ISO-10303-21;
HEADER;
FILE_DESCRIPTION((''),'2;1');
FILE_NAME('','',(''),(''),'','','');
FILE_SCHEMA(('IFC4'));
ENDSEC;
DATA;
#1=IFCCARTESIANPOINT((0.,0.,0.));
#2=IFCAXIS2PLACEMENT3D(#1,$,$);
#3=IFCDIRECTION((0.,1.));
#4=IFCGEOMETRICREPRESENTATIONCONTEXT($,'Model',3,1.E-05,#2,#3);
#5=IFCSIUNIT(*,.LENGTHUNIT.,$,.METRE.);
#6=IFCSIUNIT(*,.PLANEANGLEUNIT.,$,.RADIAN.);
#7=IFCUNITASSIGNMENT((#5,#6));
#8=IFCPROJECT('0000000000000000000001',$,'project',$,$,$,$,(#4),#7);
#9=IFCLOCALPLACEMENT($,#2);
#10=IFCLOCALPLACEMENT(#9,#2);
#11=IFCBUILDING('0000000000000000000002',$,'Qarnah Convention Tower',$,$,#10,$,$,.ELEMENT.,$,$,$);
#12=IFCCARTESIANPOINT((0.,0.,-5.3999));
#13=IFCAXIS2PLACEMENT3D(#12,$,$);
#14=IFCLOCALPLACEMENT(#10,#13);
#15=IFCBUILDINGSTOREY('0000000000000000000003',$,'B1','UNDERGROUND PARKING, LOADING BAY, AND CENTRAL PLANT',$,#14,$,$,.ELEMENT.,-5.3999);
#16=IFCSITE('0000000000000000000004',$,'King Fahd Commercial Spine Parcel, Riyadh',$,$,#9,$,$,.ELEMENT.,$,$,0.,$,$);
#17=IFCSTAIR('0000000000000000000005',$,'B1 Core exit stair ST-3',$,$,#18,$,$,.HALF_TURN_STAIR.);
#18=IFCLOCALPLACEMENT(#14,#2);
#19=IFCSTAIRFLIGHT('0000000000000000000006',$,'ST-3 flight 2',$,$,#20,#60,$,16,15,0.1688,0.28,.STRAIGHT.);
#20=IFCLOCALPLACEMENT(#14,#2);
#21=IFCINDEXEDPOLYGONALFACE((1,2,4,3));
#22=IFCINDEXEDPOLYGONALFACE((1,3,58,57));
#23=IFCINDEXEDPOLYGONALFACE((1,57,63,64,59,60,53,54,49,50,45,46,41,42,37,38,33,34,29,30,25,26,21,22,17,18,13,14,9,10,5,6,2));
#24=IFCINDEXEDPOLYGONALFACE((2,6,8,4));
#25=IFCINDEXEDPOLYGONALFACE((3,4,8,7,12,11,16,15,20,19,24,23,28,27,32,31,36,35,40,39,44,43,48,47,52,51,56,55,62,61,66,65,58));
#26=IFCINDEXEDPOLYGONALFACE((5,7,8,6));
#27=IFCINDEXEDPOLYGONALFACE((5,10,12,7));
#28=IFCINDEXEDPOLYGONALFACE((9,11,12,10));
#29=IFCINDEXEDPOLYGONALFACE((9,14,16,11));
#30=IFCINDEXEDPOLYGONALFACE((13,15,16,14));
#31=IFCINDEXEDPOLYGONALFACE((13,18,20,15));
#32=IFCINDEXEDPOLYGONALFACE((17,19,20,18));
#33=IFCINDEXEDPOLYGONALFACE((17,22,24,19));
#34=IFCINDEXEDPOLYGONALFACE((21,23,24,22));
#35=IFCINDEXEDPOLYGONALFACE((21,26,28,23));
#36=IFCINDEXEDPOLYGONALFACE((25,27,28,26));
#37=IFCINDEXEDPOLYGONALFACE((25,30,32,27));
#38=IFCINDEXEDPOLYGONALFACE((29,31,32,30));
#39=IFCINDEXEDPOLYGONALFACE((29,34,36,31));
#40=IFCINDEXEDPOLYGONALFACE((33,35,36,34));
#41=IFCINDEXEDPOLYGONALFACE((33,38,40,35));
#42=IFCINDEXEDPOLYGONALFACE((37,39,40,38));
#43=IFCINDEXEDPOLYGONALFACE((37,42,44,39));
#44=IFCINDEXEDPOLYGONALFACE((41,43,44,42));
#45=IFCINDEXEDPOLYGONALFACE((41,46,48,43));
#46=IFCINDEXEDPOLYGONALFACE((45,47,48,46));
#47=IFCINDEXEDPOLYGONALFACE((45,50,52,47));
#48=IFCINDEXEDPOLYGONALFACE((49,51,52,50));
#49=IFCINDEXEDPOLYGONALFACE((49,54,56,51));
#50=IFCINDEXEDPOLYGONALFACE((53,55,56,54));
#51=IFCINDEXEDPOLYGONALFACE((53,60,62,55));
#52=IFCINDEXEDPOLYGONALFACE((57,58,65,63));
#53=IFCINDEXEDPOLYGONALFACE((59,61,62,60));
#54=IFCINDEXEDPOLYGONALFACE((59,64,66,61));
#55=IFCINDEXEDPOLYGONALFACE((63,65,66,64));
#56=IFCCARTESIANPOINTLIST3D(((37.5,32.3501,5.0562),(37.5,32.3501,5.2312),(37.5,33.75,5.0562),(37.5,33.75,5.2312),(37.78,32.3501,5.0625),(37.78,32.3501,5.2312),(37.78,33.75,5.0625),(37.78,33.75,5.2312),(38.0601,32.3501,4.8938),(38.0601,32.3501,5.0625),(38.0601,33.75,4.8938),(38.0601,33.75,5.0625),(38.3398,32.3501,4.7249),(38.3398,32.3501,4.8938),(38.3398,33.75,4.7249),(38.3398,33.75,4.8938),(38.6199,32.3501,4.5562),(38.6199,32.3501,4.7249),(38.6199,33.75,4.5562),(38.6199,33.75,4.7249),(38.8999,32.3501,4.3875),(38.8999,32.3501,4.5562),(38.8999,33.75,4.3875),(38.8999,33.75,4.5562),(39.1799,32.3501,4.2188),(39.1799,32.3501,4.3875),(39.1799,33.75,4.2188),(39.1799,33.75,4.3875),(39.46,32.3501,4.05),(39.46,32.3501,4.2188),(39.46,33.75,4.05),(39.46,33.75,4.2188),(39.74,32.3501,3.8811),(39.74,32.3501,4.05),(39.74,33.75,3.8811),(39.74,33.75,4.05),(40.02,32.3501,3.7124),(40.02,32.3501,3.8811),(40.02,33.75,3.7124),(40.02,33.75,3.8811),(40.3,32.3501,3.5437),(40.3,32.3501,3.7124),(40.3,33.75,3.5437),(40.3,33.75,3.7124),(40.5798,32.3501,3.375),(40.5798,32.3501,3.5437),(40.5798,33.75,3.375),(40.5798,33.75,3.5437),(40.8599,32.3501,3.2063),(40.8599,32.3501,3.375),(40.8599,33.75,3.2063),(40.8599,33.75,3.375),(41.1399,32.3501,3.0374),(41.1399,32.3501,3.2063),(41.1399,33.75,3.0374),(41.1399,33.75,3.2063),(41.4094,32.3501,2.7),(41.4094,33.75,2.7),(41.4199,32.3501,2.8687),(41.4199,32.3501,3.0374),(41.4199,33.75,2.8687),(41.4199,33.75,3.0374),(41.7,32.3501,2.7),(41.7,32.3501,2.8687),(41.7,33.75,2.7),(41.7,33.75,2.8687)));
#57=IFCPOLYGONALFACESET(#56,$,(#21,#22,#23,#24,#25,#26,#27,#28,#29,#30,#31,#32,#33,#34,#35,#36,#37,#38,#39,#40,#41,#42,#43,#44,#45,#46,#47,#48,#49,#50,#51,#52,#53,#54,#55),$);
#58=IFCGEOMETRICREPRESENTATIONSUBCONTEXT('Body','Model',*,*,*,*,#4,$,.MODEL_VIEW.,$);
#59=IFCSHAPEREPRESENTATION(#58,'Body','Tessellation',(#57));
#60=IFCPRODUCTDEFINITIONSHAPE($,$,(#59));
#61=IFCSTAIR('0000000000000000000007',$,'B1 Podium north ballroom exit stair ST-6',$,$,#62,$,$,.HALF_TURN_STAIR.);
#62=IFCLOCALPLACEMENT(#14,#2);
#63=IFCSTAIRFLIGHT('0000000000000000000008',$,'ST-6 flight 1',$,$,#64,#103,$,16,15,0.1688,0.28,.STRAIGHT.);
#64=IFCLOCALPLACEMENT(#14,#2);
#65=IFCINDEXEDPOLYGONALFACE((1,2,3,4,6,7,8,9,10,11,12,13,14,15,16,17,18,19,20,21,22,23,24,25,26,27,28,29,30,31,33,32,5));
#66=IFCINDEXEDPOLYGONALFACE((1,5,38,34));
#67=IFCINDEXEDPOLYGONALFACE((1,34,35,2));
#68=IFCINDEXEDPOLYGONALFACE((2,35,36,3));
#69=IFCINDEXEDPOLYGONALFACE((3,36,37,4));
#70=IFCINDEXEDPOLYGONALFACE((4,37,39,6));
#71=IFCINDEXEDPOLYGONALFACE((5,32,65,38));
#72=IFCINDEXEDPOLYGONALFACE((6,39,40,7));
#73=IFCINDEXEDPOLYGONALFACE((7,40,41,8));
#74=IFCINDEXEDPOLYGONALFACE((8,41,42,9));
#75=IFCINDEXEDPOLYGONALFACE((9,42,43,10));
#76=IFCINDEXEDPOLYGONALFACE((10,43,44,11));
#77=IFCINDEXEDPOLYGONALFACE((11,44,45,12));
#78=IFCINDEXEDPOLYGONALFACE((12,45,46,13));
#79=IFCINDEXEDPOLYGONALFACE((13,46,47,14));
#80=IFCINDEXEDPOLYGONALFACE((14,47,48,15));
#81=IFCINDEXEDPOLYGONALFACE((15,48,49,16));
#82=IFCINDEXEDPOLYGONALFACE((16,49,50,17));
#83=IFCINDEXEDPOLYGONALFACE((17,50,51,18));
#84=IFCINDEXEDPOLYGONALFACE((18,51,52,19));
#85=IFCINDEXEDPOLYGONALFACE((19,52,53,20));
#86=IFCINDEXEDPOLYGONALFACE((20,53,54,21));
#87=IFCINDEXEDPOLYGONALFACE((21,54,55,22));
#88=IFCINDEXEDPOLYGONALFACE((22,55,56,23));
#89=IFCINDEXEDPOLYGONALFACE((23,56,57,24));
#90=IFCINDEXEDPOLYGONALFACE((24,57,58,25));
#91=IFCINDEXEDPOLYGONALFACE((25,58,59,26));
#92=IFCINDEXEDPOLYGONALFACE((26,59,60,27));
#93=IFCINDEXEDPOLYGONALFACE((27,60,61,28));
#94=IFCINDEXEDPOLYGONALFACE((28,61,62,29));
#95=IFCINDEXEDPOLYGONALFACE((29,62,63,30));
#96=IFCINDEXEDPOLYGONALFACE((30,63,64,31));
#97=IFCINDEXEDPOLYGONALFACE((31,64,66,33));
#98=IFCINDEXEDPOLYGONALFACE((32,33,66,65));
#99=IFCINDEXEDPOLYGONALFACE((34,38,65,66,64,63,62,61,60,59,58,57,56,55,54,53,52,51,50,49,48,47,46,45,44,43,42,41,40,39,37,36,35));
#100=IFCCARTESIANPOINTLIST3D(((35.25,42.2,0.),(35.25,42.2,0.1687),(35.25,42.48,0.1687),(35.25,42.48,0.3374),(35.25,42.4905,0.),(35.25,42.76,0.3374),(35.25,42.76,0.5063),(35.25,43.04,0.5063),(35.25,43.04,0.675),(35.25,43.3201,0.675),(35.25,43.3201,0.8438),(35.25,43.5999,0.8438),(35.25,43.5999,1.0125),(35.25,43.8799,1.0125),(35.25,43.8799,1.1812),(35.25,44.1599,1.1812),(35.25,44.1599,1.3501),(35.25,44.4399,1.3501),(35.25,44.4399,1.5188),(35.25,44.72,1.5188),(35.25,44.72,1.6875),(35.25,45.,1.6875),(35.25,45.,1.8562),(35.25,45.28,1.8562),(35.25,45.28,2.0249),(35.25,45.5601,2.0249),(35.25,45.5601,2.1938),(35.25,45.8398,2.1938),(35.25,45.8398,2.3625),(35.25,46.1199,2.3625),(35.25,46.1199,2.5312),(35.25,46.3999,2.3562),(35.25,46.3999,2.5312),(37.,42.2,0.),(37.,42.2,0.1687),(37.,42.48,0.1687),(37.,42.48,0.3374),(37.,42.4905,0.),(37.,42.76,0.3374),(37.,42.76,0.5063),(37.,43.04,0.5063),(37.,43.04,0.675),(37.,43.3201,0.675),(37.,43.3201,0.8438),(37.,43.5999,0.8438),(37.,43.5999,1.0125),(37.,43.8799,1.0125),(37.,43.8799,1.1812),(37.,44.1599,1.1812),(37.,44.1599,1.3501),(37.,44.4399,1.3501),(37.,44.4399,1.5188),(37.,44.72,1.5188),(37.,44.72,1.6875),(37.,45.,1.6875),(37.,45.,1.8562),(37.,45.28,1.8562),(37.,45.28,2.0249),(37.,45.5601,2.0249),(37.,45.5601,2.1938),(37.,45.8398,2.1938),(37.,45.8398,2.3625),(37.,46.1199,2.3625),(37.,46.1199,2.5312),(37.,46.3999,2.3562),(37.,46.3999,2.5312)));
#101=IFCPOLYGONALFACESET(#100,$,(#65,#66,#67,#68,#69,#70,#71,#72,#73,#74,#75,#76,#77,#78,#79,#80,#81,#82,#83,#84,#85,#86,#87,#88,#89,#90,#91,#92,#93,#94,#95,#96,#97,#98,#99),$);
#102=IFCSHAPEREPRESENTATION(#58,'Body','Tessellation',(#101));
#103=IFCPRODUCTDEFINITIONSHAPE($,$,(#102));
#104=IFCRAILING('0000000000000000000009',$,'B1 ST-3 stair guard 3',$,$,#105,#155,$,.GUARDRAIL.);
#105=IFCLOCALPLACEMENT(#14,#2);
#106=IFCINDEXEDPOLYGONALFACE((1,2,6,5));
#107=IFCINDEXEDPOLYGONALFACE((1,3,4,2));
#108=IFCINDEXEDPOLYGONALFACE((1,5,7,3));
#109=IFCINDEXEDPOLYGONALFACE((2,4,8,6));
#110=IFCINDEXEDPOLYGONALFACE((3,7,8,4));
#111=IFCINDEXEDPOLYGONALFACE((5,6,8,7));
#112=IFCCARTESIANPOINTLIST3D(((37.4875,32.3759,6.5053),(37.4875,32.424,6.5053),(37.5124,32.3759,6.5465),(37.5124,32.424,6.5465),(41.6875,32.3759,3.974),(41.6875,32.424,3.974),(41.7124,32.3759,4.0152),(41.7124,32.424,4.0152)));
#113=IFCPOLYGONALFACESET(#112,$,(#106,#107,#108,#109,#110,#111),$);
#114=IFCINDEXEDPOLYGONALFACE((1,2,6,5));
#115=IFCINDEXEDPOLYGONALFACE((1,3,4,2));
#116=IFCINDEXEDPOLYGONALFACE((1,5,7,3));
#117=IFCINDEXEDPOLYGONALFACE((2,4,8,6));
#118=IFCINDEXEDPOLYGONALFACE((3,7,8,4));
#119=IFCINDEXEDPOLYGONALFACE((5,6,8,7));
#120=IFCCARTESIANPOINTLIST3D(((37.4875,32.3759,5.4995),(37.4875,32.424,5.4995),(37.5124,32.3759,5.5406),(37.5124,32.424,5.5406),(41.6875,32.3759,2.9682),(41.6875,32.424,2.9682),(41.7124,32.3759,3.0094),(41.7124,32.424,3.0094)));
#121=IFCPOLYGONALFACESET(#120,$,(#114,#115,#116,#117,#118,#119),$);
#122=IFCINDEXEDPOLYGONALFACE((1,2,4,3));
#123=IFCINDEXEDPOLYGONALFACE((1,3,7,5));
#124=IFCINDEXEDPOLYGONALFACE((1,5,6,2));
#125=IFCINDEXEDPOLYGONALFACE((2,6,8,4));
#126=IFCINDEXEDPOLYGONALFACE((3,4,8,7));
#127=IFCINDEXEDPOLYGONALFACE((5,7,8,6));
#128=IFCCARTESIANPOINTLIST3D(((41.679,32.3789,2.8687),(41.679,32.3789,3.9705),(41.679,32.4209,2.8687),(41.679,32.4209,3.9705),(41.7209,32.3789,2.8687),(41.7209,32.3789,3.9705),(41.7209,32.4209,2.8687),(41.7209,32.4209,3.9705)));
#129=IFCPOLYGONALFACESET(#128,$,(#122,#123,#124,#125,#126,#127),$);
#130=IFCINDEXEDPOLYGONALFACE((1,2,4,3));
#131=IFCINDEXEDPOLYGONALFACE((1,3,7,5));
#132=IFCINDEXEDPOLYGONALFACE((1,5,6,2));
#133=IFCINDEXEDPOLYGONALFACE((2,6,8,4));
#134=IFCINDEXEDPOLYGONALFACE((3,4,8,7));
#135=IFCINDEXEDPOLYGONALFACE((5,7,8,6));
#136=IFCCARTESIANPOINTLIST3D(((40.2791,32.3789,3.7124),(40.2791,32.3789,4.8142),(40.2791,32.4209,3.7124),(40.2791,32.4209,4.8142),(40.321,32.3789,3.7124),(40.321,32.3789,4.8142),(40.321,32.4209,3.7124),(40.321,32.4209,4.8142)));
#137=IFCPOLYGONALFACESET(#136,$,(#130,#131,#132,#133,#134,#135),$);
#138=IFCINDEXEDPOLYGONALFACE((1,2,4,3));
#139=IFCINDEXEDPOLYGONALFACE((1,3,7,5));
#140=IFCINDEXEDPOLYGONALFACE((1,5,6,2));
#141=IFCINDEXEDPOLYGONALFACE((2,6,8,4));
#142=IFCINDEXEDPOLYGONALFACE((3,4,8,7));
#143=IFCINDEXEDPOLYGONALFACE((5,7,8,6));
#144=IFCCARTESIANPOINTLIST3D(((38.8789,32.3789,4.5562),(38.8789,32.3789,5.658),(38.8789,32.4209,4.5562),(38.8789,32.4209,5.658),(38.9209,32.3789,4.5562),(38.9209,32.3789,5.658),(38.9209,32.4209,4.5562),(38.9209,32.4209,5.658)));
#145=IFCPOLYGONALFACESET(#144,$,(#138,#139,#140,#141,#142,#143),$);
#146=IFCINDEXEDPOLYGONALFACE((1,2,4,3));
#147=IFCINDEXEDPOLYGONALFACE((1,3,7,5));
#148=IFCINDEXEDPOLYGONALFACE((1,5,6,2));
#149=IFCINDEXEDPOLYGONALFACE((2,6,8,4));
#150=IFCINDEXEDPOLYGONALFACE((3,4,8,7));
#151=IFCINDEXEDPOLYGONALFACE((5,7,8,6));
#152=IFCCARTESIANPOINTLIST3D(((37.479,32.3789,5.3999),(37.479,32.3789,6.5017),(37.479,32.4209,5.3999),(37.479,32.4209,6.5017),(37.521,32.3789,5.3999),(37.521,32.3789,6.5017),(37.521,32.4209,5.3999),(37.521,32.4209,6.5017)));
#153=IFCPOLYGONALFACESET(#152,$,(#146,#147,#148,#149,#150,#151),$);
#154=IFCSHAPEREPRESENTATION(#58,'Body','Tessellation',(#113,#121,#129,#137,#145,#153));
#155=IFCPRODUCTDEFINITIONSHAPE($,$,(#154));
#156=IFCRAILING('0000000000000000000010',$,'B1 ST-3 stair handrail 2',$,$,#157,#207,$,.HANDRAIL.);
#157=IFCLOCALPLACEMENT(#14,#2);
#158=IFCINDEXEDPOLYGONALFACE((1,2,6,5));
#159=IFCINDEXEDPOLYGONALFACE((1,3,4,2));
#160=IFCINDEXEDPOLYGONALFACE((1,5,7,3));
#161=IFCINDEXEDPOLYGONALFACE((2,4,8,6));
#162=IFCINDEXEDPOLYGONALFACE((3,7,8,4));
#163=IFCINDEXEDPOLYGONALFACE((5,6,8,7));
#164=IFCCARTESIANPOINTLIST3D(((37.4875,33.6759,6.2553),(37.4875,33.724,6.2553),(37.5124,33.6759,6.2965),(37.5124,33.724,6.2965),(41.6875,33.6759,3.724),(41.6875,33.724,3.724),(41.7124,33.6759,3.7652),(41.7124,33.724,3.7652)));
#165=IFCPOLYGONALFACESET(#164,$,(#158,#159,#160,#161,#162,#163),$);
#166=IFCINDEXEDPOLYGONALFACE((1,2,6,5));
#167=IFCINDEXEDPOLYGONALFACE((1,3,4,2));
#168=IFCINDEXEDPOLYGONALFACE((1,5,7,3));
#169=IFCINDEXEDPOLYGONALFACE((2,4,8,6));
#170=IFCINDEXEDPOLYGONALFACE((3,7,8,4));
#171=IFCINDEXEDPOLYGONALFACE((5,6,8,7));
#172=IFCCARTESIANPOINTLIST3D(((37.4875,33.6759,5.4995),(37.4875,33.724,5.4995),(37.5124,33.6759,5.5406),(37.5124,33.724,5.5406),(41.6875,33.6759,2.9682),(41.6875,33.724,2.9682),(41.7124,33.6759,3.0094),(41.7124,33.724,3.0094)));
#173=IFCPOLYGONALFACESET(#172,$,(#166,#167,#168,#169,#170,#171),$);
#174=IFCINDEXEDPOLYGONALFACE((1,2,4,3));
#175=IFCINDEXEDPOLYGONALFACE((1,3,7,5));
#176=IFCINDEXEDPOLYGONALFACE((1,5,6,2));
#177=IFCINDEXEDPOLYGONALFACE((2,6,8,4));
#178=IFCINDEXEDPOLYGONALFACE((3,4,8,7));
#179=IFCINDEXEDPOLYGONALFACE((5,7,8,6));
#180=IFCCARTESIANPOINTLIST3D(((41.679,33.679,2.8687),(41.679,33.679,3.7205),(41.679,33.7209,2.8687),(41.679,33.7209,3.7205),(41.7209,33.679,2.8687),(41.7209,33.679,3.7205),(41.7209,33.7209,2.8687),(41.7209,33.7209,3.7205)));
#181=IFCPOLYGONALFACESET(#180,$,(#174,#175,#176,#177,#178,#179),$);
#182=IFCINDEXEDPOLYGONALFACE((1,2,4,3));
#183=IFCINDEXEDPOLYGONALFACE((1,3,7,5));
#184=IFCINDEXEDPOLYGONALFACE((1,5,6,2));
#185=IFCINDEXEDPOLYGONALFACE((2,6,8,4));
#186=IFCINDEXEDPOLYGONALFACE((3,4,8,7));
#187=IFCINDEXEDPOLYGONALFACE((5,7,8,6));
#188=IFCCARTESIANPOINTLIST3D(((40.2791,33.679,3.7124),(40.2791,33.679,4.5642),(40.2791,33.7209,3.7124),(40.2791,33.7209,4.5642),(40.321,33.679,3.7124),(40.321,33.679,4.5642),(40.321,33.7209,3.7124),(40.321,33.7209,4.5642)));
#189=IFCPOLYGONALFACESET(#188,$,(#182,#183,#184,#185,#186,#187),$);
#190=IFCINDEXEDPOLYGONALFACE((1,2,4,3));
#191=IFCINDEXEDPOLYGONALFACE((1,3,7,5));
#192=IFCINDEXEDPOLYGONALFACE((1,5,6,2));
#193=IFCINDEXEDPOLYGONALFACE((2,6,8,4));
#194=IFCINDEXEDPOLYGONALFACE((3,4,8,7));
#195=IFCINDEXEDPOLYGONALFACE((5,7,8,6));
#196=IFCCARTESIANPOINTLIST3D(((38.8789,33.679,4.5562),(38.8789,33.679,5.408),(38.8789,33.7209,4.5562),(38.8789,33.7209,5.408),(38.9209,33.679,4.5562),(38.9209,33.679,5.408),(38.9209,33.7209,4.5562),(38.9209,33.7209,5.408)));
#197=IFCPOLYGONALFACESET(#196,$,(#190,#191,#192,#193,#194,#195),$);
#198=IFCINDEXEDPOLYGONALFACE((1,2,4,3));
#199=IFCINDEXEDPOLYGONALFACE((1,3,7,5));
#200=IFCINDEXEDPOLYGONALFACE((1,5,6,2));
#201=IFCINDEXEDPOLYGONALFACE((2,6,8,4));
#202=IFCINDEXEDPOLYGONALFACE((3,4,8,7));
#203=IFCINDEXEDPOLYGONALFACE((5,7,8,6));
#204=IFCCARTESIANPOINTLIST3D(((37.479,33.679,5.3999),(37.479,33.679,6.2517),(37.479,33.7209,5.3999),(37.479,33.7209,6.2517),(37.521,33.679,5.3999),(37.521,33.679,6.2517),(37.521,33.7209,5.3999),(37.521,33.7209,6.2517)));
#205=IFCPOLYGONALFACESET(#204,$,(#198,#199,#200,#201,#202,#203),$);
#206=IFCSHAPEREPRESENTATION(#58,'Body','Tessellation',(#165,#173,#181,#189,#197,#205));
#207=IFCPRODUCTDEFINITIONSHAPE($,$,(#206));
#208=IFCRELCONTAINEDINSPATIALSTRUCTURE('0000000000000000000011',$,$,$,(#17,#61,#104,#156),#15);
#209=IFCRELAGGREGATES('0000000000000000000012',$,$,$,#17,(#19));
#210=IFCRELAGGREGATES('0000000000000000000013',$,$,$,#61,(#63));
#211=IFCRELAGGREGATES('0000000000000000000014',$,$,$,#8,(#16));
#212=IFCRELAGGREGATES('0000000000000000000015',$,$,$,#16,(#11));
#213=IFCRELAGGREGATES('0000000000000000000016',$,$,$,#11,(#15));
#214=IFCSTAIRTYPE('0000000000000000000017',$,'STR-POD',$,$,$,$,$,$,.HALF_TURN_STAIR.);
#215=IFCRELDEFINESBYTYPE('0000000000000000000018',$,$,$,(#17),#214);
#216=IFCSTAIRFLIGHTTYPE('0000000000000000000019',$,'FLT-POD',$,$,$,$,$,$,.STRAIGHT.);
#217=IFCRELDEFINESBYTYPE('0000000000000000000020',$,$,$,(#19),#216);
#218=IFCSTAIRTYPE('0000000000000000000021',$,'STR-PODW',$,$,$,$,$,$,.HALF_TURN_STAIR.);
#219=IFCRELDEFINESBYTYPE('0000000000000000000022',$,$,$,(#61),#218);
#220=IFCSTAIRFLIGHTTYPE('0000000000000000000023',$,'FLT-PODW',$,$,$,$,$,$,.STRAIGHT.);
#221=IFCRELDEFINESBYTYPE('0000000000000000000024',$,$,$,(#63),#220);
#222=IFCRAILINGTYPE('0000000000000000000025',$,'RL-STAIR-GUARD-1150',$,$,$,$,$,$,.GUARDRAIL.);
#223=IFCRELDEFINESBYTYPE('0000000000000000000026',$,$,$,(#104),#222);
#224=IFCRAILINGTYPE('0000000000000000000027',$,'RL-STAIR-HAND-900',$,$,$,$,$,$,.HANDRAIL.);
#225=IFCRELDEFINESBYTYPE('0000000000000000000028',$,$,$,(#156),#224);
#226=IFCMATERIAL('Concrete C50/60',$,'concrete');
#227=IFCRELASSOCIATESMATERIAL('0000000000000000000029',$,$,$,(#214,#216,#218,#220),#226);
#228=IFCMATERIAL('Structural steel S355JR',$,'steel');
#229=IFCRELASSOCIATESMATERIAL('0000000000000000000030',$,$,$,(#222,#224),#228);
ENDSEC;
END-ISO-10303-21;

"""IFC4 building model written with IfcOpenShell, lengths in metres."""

from ifc_helpers import new_model, si_unit, direction, frame, origin, origin_2d, place, context, subcontext, project, spatial, polyline, rectangle, outline, extrude, material, type_object, element, aggregate, save


model = new_model("IFC4")

# Units and contexts
model_context = context("Model", 3, precision=1e-05, world=origin(), true_north=direction((0.0, 1.0)))
body_context = subcontext(model_context, "Body", "Model", "MODEL_VIEW")
ifc_project = project(units=[si_unit("LENGTHUNIT", "METRE"), si_unit("PLANEANGLEUNIT", "RADIAN")], contexts=[model_context])

# Site, building, storey
site_placement = place(None, origin())
site = spatial("IfcSite", under=ifc_project, at=site_placement, Name="King Fahd Commercial Spine Parcel, Riyadh", CompositionType="ELEMENT", RefElevation=0.0)
building_placement = place(site_placement, origin())
building = spatial("IfcBuilding", under=site, at=building_placement, Name="Qarnah Convention Tower", CompositionType="ELEMENT")
storey_placement = place(building_placement, frame((0.0, 0.0, -5.3999)))
storey = spatial("IfcBuildingStorey", under=building, at=storey_placement, Name="B1", Description="UNDERGROUND PARKING, LOADING BAY, AND CENTRAL PLANT", CompositionType="ELEMENT", Elevation=-5.3999)

# Shared definitions
ifc_material_1 = material(Name="Concrete C50/60", Category="concrete")

# Shared definitions
ifc_material_2 = material(Name="Structural steel S355JR", Category="steel")

# Stairs, stair flights
stair_type_1 = type_object("IfcStairType", Name="STR-POD", PredefinedType="HALF_TURN_STAIR", material=ifc_material_1)
stair_1_placement = place(storey_placement, origin())
stair_1 = element("IfcStair", 1, at=stair_1_placement, inside=storey, type_object=stair_type_1, Name="B1 Core exit stair ST-3", PredefinedType="HALF_TURN_STAIR")
stair_flight_type_1 = type_object("IfcStairFlightType", Name="FLT-POD", PredefinedType="STRAIGHT", material=ifc_material_1)
stair_flight_1_placement = place(storey_placement, frame((41.7, 33.05, 2.7), z_axis=(0.0, 0.0, 1.0), x_axis=(-1.0, 0.0, 0.0)))
stair_flight_1 = element("IfcStairFlight", 2, at=stair_flight_1_placement, type_object=stair_flight_type_1, Name="ST-3 flight 2", NumberOfRisers=16, NumberOfTreads=15, PredefinedType="STRAIGHT", RiserHeight=0.1688, TreadLength=0.28, context=body_context, shape_type="SweptSolid", body=[
    extrude(outline(polyline([(0.0, 0.0), (0.0, 0.1687), (0.28, 0.1687), (0.28, 0.3374), (0.5601, 0.3374), (0.5601, 0.5063), (0.8401, 0.5063), (0.8401, 0.675), (1.1201, 0.675), (1.1201, 0.8438), (1.3999, 0.8438), (1.3999, 1.0125), (1.6799, 1.0125), (1.6799, 1.1812), (1.96, 1.1812), (1.96, 1.3501), (2.24, 1.3501), (2.24, 1.5188), (2.52, 1.5188), (2.52, 1.6875), (2.8, 1.6875), (2.8, 1.8562), (3.0801, 1.8562), (3.0801, 2.0249), (3.3601, 2.0249), (3.3601, 2.1938), (3.6399, 2.1938), (3.6399, 2.3625), (3.9199, 2.3625), (3.9199, 2.5312), (4.2, 2.5312), (4.2, 2.7), (4.2, 2.3562), (0.2905, 0.0), (0.0, 0.0)])), frame((0.0, 0.7, 0.0), z_axis=(0.0, -1.0, 0.0), x_axis=(1.0, 0.0, 0.0)), (0.0, 0.0, 1.0), 1.3999),
])
aggregate(stair_1, [stair_flight_1])
stair_type_2 = type_object("IfcStairType", Name="STR-PODW", PredefinedType="HALF_TURN_STAIR", material=ifc_material_1)
stair_2_placement = place(storey_placement, origin())
stair_2 = element("IfcStair", 3, at=stair_2_placement, inside=storey, type_object=stair_type_2, Name="B1 Podium north ballroom exit stair ST-6", PredefinedType="HALF_TURN_STAIR")
stair_flight_type_2 = type_object("IfcStairFlightType", Name="FLT-PODW", PredefinedType="STRAIGHT", material=ifc_material_1)
stair_flight_2_placement = place(storey_placement, frame((36.125, 42.2, 0.0), z_axis=(0.0, 0.0, 1.0), x_axis=(0.0, 1.0, 0.0)))
stair_flight_2 = element("IfcStairFlight", 4, at=stair_flight_2_placement, type_object=stair_flight_type_2, Name="ST-6 flight 1", NumberOfRisers=16, NumberOfTreads=15, PredefinedType="STRAIGHT", RiserHeight=0.1688, TreadLength=0.28, context=body_context, shape_type="SweptSolid", body=[
    extrude(outline(polyline([(0.0, 0.0), (0.0, 0.1687), (0.28, 0.1687), (0.28, 0.3374), (0.5601, 0.3374), (0.5601, 0.5063), (0.8401, 0.5063), (0.8401, 0.675), (1.1201, 0.675), (1.1201, 0.8438), (1.3999, 0.8438), (1.3999, 1.0125), (1.6799, 1.0125), (1.6799, 1.1812), (1.96, 1.1812), (1.96, 1.3501), (2.24, 1.3501), (2.24, 1.5188), (2.52, 1.5188), (2.52, 1.6875), (2.8, 1.6875), (2.8, 1.8562), (3.0801, 1.8562), (3.0801, 2.0249), (3.3601, 2.0249), (3.3601, 2.1938), (3.6399, 2.1938), (3.6399, 2.3625), (3.9199, 2.3625), (3.9199, 2.5312), (4.2, 2.5312), (4.2, 2.7), (4.2, 2.3562), (0.2905, 0.0), (0.0, 0.0)])), frame((0.0, 0.875, 0.0), z_axis=(0.0, -1.0, 0.0), x_axis=(1.0, 0.0, 0.0)), (0.0, 0.0, 1.0), 1.75),
])
aggregate(stair_2, [stair_flight_2])

# Railings
railing_type_1 = type_object("IfcRailingType", Name="RL-STAIR-GUARD-1150", PredefinedType="GUARDRAIL", material=ifc_material_2)
railing_1_placement = place(storey_placement, frame((41.7, 32.3999, 2.8687)))
element("IfcRailing", 5, at=railing_1_placement, inside=storey, type_object=railing_type_1, Name="B1 ST-3 stair guard 3", PredefinedType="GUARDRAIL", context=body_context, shape_type="SweptSolid", body=[
    extrude(rectangle(XDim=0.0481, YDim=0.0481, at=origin_2d()), frame((0.0, 0.0, 1.126), z_axis=(-0.856476, 0.0, 0.516186), x_axis=(0.0, -1.0, 0.0)), (0.0, 0.0, 1.0), 4.9038),
    extrude(rectangle(XDim=0.0481, YDim=0.0481, at=origin_2d()), frame((0.0, 0.0, 0.1201), z_axis=(-0.856476, 0.0, 0.516186), x_axis=(0.0, -1.0, 0.0)), (0.0, 0.0, 1.0), 4.9038),
    extrude(rectangle(XDim=0.042, YDim=0.042, at=origin_2d()), origin(), (0.0, 0.0, 1.0), 1.1018),
    extrude(rectangle(XDim=0.042, YDim=0.042, at=origin_2d()), frame((-1.3999, 0.0, 0.8438)), (0.0, 0.0, 1.0), 1.1018),
    extrude(rectangle(XDim=0.042, YDim=0.042, at=origin_2d()), frame((-2.8, 0.0, 1.6875)), (0.0, 0.0, 1.0), 1.1018),
    extrude(rectangle(XDim=0.042, YDim=0.042, at=origin_2d()), frame((-4.2, 0.0, 2.5312)), (0.0, 0.0, 1.0), 1.1018),
])
railing_type_2 = type_object("IfcRailingType", Name="RL-STAIR-HAND-900", PredefinedType="HANDRAIL", material=ifc_material_2)
railing_2_placement = place(storey_placement, frame((41.7, 33.7, 2.8687)))
element("IfcRailing", 6, at=railing_2_placement, inside=storey, type_object=railing_type_2, Name="B1 ST-3 stair handrail 2", PredefinedType="HANDRAIL", context=body_context, shape_type="SweptSolid", body=[
    extrude(rectangle(XDim=0.0481, YDim=0.0481, at=origin_2d()), frame((0.0, 0.0, 0.876), z_axis=(-0.856476, 0.0, 0.516186), x_axis=(0.0, -1.0, 0.0)), (0.0, 0.0, 1.0), 4.9038),
    extrude(rectangle(XDim=0.0481, YDim=0.0481, at=origin_2d()), frame((0.0, 0.0, 0.1201), z_axis=(-0.856476, 0.0, 0.516186), x_axis=(0.0, -1.0, 0.0)), (0.0, 0.0, 1.0), 4.9038),
    extrude(rectangle(XDim=0.042, YDim=0.042, at=origin_2d()), origin(), (0.0, 0.0, 1.0), 0.8518),
    extrude(rectangle(XDim=0.042, YDim=0.042, at=origin_2d()), frame((-1.3999, 0.0, 0.8438)), (0.0, 0.0, 1.0), 0.8518),
    extrude(rectangle(XDim=0.042, YDim=0.042, at=origin_2d()), frame((-2.8, 0.0, 1.6875)), (0.0, 0.0, 1.0), 0.8518),
    extrude(rectangle(XDim=0.042, YDim=0.042, at=origin_2d()), frame((-4.2, 0.0, 2.5312)), (0.0, 0.0, 1.0), 0.8518),
])

save(model, "model.ifc")
